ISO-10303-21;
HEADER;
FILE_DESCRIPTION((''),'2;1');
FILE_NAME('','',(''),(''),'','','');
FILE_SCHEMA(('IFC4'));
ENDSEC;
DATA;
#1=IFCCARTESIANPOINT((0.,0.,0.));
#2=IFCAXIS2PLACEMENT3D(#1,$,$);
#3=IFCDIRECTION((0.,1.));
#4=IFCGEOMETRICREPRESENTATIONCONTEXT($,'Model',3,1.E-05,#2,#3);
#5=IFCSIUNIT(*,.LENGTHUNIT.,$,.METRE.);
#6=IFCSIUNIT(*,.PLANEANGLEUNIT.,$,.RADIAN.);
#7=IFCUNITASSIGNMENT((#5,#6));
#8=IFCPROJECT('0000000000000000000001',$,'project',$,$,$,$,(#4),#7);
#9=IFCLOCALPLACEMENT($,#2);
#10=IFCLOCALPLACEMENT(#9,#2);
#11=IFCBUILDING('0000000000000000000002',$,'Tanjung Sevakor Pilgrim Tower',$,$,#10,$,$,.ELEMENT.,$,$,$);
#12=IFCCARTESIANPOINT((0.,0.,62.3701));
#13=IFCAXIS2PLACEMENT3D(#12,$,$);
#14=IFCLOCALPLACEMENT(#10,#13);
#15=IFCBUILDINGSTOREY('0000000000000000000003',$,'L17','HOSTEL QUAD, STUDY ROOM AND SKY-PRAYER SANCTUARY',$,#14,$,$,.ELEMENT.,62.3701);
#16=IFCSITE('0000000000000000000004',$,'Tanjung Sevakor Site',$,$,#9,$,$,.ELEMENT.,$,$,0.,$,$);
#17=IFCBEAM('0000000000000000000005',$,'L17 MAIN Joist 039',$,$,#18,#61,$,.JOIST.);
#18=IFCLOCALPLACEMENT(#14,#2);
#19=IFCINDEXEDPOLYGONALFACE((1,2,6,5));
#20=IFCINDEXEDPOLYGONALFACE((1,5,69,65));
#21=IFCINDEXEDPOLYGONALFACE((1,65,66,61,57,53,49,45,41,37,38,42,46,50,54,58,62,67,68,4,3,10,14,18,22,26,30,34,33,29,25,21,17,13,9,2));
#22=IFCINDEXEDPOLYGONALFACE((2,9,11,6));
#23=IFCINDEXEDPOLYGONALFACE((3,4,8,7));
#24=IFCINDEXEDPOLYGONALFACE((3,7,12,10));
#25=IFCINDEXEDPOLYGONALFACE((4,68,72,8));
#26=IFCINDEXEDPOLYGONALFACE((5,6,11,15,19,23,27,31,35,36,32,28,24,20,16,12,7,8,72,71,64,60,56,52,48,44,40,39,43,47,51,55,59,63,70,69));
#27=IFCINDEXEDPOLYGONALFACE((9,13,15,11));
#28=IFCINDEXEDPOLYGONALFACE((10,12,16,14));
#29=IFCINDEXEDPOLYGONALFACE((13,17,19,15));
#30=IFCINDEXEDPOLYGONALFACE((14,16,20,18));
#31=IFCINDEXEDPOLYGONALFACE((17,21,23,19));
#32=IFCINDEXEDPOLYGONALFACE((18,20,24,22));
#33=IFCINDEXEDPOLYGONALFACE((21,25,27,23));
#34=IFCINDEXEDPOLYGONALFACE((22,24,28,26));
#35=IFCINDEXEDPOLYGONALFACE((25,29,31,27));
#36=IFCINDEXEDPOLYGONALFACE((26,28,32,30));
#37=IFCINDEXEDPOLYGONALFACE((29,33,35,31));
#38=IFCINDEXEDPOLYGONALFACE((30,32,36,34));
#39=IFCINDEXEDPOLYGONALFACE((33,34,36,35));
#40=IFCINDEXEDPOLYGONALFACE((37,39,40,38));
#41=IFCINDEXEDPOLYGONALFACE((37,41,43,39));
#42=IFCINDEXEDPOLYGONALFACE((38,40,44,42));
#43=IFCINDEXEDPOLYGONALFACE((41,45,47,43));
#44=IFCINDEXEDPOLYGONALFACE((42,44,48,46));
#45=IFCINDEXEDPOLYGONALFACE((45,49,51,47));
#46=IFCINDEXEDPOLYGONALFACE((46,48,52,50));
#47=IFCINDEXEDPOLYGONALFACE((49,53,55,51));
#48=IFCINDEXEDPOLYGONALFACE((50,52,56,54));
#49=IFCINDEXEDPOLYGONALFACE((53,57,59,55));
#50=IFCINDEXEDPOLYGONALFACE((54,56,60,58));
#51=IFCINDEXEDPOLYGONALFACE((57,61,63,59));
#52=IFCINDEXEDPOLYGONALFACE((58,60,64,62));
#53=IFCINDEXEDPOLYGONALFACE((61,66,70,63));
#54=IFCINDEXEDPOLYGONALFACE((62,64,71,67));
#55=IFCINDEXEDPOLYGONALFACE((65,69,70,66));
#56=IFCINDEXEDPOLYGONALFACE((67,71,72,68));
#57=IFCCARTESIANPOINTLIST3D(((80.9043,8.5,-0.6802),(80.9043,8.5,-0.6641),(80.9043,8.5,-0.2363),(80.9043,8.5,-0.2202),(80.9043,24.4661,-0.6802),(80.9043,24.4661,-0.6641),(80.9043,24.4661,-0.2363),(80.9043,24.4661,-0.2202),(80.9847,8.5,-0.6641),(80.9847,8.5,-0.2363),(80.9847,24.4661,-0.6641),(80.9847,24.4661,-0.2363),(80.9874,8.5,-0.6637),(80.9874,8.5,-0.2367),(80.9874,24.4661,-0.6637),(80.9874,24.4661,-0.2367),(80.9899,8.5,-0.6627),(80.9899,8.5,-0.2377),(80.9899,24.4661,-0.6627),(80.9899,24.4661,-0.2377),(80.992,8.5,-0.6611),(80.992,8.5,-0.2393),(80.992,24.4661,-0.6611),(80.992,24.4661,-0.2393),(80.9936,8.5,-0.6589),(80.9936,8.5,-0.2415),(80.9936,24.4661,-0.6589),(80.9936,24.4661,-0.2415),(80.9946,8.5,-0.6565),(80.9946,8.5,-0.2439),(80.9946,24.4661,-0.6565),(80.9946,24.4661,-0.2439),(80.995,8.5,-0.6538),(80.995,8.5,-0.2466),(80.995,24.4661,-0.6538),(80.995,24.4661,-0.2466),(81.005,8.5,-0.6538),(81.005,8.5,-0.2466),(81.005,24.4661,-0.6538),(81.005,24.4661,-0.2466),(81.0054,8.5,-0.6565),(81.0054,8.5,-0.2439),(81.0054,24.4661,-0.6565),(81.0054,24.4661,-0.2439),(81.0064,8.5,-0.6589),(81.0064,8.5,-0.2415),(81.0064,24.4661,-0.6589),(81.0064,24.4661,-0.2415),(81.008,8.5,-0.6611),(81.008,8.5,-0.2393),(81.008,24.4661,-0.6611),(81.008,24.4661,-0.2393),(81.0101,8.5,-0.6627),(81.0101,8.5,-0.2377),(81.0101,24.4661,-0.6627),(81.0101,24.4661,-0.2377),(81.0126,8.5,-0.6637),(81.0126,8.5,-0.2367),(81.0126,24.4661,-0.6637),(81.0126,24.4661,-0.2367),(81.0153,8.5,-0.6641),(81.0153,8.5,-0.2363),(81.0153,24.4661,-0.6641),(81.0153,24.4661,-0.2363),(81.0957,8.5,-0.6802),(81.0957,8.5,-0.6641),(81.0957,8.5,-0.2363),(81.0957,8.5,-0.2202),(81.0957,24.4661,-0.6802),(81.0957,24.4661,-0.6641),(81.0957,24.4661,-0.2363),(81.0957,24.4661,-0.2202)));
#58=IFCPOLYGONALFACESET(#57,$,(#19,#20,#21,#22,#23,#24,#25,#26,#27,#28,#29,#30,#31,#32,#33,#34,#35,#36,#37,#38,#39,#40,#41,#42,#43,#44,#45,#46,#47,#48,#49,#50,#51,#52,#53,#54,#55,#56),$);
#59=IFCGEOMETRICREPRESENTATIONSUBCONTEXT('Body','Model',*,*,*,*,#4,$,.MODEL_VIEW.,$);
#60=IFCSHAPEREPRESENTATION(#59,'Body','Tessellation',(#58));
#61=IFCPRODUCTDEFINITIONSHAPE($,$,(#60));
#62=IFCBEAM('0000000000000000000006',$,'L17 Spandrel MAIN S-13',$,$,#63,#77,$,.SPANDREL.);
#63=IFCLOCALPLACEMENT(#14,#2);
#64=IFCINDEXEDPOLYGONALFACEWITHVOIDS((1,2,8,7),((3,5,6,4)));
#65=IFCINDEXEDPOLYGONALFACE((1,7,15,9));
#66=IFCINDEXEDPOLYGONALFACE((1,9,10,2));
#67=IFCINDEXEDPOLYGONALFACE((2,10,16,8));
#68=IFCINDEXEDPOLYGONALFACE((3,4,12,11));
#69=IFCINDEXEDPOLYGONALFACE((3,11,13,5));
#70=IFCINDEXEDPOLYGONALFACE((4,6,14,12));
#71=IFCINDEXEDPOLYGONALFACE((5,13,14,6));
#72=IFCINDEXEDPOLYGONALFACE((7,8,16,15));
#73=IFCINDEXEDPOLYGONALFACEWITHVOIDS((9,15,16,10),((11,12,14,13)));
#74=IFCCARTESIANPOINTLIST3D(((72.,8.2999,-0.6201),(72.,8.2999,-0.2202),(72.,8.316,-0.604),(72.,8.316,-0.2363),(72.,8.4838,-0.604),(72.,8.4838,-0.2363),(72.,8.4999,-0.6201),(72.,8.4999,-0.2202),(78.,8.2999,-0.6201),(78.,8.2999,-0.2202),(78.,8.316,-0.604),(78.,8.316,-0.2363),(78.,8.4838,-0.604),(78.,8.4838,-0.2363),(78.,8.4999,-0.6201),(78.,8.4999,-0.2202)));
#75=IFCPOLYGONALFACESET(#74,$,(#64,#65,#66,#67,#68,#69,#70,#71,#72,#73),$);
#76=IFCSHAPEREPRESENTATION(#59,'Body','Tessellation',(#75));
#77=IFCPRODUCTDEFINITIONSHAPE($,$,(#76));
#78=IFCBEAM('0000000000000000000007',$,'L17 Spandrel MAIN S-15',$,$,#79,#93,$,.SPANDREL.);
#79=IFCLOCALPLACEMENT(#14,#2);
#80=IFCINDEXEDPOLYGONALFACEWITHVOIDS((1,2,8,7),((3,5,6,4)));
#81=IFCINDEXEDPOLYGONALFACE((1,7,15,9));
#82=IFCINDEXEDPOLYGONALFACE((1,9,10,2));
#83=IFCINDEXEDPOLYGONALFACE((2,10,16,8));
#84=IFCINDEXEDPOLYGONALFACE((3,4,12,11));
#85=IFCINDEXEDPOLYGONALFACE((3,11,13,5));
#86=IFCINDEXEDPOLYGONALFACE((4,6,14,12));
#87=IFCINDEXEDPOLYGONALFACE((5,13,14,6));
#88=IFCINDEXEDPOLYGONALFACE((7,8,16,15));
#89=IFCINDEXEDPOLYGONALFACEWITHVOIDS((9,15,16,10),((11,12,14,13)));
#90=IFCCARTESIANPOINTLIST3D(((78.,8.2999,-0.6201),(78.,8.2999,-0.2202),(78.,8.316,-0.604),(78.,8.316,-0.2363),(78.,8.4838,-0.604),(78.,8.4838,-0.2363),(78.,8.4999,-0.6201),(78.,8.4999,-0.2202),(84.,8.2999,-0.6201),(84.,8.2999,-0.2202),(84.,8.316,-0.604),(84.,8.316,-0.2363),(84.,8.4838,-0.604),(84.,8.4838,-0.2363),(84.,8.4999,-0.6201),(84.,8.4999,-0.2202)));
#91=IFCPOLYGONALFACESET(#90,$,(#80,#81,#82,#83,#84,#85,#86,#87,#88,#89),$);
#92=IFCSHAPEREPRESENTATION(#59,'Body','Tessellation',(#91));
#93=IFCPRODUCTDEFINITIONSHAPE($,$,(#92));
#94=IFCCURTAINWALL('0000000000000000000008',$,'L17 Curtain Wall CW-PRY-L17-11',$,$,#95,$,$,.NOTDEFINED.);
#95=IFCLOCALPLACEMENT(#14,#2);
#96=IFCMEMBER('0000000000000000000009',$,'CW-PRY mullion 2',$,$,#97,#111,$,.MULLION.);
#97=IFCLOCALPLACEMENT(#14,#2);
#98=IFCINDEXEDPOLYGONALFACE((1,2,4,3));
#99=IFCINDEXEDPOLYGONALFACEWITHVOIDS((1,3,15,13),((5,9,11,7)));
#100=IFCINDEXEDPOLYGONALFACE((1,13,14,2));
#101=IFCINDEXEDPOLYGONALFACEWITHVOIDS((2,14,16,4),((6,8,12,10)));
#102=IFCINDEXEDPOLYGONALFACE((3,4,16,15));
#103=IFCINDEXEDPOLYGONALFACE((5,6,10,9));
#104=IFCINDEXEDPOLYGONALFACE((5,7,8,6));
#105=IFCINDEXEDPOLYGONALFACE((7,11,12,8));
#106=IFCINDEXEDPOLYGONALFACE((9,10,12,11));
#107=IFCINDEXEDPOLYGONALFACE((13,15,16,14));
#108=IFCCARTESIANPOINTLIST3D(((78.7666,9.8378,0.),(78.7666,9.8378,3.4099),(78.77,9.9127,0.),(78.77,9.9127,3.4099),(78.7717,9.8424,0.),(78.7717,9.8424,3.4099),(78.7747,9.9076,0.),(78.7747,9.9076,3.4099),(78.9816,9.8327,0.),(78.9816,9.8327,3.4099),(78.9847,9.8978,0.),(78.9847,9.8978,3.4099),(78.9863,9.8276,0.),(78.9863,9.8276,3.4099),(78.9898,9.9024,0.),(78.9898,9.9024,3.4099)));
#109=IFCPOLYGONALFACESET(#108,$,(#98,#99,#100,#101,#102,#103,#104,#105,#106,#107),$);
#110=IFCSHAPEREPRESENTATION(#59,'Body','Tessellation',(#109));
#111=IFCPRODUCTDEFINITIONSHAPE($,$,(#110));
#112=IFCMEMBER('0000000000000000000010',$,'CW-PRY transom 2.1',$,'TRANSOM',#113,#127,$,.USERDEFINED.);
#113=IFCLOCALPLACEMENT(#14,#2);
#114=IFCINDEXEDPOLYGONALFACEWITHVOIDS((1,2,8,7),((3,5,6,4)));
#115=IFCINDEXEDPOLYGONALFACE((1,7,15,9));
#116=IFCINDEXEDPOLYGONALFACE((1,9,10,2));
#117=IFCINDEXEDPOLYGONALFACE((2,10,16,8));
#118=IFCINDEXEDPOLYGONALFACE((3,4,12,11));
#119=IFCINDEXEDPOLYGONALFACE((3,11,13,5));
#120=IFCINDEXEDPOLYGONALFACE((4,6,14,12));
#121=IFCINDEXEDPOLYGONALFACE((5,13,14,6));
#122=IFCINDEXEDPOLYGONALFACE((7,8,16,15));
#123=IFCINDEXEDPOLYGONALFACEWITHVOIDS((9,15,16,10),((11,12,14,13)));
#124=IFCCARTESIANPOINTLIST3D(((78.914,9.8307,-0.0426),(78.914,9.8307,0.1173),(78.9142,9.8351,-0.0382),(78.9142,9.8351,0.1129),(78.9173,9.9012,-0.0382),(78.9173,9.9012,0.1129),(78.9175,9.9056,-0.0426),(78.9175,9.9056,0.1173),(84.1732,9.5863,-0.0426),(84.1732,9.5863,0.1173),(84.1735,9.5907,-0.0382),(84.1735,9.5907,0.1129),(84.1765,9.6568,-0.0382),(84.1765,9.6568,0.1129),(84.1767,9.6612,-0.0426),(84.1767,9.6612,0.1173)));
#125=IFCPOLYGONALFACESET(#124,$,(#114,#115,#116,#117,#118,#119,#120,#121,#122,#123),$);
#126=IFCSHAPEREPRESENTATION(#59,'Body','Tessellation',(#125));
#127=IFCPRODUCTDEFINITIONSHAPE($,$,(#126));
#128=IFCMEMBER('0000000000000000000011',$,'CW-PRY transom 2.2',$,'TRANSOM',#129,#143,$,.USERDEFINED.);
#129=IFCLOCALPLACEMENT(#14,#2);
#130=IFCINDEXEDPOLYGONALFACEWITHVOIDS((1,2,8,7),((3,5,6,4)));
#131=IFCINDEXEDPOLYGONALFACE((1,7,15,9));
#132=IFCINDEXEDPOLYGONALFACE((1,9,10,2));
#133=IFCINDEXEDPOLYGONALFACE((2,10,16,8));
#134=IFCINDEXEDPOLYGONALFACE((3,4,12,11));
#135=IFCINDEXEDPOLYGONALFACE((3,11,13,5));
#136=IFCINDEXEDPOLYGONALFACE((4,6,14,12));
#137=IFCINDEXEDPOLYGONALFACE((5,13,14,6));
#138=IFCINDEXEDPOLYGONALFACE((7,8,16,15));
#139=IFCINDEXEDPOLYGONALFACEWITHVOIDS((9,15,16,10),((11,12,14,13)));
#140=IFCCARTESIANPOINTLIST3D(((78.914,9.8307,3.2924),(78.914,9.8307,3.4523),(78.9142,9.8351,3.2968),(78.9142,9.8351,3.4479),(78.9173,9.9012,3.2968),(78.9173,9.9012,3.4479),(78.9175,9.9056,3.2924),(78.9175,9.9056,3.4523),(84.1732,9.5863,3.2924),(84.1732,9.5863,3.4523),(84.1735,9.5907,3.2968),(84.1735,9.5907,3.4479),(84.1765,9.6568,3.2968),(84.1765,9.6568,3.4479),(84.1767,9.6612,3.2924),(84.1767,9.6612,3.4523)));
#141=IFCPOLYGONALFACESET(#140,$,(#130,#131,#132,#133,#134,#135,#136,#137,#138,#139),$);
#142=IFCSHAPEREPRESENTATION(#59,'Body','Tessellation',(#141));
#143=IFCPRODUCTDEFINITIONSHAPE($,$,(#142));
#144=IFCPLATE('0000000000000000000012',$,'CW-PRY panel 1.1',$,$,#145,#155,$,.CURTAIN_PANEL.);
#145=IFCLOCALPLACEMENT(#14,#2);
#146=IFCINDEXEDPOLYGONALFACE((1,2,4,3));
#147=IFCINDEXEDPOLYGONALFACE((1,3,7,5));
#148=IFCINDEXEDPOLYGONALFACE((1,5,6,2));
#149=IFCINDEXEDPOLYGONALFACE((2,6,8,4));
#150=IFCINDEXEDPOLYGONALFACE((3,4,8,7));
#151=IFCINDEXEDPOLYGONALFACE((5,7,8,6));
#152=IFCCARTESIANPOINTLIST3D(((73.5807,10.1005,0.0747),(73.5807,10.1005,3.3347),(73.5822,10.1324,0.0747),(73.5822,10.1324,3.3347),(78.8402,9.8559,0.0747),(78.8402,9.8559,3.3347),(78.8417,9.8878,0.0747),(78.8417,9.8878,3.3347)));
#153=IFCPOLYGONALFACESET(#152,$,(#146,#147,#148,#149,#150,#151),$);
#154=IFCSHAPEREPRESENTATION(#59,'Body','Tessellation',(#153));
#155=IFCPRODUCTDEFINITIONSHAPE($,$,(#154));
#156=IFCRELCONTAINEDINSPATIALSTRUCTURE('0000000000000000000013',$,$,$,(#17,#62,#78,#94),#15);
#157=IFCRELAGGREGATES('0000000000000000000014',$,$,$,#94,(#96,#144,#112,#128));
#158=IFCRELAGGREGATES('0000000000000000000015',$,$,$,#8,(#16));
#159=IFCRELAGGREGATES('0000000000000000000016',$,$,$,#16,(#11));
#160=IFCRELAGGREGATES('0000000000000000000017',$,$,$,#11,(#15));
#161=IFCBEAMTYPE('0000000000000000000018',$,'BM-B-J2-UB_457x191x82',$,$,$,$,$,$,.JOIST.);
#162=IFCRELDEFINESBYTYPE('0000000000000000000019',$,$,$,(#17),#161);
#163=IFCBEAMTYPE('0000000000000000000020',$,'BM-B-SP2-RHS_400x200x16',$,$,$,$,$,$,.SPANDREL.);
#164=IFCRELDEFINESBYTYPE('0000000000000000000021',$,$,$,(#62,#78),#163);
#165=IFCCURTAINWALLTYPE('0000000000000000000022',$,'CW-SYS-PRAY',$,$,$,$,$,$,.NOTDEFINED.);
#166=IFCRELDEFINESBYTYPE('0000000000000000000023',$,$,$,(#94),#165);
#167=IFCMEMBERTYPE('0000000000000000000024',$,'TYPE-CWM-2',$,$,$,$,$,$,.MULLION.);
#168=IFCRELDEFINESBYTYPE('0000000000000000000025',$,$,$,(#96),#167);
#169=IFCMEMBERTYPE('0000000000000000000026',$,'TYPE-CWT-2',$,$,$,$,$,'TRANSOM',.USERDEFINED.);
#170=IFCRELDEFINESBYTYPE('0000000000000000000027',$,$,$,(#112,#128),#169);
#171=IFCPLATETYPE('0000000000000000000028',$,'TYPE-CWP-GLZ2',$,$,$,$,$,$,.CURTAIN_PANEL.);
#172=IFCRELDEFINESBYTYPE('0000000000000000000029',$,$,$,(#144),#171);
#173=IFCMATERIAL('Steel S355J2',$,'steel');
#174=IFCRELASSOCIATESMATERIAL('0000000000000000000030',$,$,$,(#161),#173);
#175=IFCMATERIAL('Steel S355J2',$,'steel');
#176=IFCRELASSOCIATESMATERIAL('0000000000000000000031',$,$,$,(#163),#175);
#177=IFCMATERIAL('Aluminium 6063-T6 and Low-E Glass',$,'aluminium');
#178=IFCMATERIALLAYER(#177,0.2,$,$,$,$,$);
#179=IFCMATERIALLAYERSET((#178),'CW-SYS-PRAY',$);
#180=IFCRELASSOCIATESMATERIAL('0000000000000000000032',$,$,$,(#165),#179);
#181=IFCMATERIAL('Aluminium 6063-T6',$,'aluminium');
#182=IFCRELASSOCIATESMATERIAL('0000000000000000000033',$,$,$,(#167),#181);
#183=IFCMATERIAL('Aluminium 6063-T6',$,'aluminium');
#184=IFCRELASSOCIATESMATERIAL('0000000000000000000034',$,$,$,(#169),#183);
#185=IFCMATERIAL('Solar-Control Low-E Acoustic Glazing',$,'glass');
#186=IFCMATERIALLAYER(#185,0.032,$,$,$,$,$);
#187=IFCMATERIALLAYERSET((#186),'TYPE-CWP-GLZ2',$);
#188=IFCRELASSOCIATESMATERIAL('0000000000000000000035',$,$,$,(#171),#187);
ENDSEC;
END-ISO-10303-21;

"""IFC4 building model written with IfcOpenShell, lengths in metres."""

from ifc_helpers import new_model, si_unit, direction, frame, origin, origin_2d, place, context, subcontext, project, spatial, rectangle, hollow_rectangle, i_section, extrude, material, layer, layer_set, material_profile, profile_set, type_object, element, aggregate, save


model = new_model("IFC4")

# Units and contexts
model_context = context("Model", 3, precision=1e-05, world=origin(), true_north=direction((0.0, 1.0)))
body_context = subcontext(model_context, "Body", "Model", "MODEL_VIEW")
ifc_project = project(units=[si_unit("LENGTHUNIT", "METRE"), si_unit("PLANEANGLEUNIT", "RADIAN")], contexts=[model_context])

# Site, building, storey
site_placement = place(None, origin())
site = spatial("IfcSite", under=ifc_project, at=site_placement, Name="Tanjung Sevakor Site", CompositionType="ELEMENT", RefElevation=0.0)
building_placement = place(site_placement, origin())
building = spatial("IfcBuilding", under=site, at=building_placement, Name="Tanjung Sevakor Pilgrim Tower", CompositionType="ELEMENT")
storey_placement = place(building_placement, frame((0.0, 0.0, 62.3701)))
storey = spatial("IfcBuildingStorey", under=building, at=storey_placement, Name="L17", Description="HOSTEL QUAD, STUDY ROOM AND SKY-PRAYER SANCTUARY", CompositionType="ELEMENT", Elevation=62.3701)

# Beams
ifc_material_1 = material(Name="Steel S355J2", Category="steel")
ifc_material_profile_1 = material_profile(ifc_material_1, i_section(OverallWidth=0.1914, OverallDepth=0.46, WebThickness=0.01, FlangeThickness=0.0161, FilletRadius=0.0103, at=origin_2d()))
ifc_profile_set_1 = profile_set([ifc_material_profile_1], Name="Steel S355J2")
beam_type_1 = type_object("IfcBeamType", Name="BM-B-J2-UB_457x191x82", PredefinedType="JOIST", material=ifc_profile_set_1)
for number, where, z_axis, x_axis, name in (
    (1, (81.0, 8.5, -0.4502), (0.0, 1.0, 0.0), (-1.0, 0.0, 0.0), "L17 MAIN Joist 039"),
):
    element("IfcBeam", number, at=place(storey_placement, frame(where, z_axis=z_axis, x_axis=x_axis)), inside=storey, type_object=beam_type_1, Name=name, PredefinedType="JOIST", context=body_context, shape_type="SweptSolid", body=[
        extrude(i_section(OverallWidth=0.1914, OverallDepth=0.46, WebThickness=0.01, FlangeThickness=0.0161, FilletRadius=0.0103, at=origin_2d()), origin(), (0.0, 0.0, 1.0), 15.9661),
    ])
ifc_material_2 = material(Name="Steel S355J2", Category="steel")
ifc_material_profile_2 = material_profile(ifc_material_2, hollow_rectangle(XDim=0.2, YDim=0.3999, WallThickness=0.0161, at=origin_2d()))
ifc_profile_set_2 = profile_set([ifc_material_profile_2], Name="Steel S355J2")
beam_type_2 = type_object("IfcBeamType", Name="BM-B-SP2-RHS_400x200x16", PredefinedType="SPANDREL", material=ifc_profile_set_2)
for number, where, z_axis, x_axis, name in (
    (2, (72.0, 8.3999, -0.4202), (1.0, 0.0, 0.0), (0.0, 1.0, 0.0), "L17 Spandrel MAIN S-13"),
    (3, (78.0, 8.3999, -0.4202), (1.0, 0.0, 0.0), (0.0, 1.0, 0.0), "L17 Spandrel MAIN S-15"),
):
    element("IfcBeam", number, at=place(storey_placement, frame(where, z_axis=z_axis, x_axis=x_axis)), inside=storey, type_object=beam_type_2, Name=name, PredefinedType="SPANDREL", context=body_context, shape_type="SweptSolid", body=[
        extrude(hollow_rectangle(XDim=0.2, YDim=0.3999, WallThickness=0.0161, at=origin_2d()), origin(), (0.0, 0.0, 1.0), 6.0),
    ])

# Curtain wall, members, plate
ifc_material_3 = material(Name="Aluminium 6063-T6 and Low-E Glass", Category="aluminium")
ifc_layer_1 = layer(ifc_material_3, 0.2)
ifc_layer_set_1 = layer_set([ifc_layer_1], Name="CW-SYS-PRAY")
curtain_wall_type = type_object("IfcCurtainWallType", Name="CW-SYS-PRAY", PredefinedType="NOTDEFINED", material=ifc_layer_set_1)
curtain_wall_placement = place(storey_placement, origin())
curtain_wall = element("IfcCurtainWall", 4, at=curtain_wall_placement, inside=storey, type_object=curtain_wall_type, Name="L17 Curtain Wall CW-PRY-L17-11", PredefinedType="NOTDEFINED")
ifc_material_4 = material(Name="Aluminium 6063-T6", Category="aluminium")
ifc_material_profile_3 = material_profile(ifc_material_4, hollow_rectangle(XDim=0.075, YDim=0.22, WallThickness=0.0049, at=origin_2d()))
ifc_profile_set_3 = profile_set([ifc_material_profile_3], Name="Aluminium 6063-T6")
member_type_1 = type_object("IfcMemberType", Name="TYPE-CWM-2", PredefinedType="MULLION", material=ifc_profile_set_3)
member_1_placement = place(storey_placement, frame((78.8782, 9.8701, 0.0), z_axis=(0.0, 0.0, 1.0), x_axis=(0.046452, 0.998921, 0.0)))
member_1 = element("IfcMember", 5, at=member_1_placement, type_object=member_type_1, Name="CW-PRY mullion 2", PredefinedType="MULLION", context=body_context, shape_type="SweptSolid", body=[
    extrude(hollow_rectangle(XDim=0.075, YDim=0.22, WallThickness=0.0049, at=origin_2d()), origin(), (0.0, 0.0, 1.0), 3.4099),
])
ifc_material_5 = material(Name="Aluminium 6063-T6", Category="aluminium")
ifc_material_profile_4 = material_profile(ifc_material_5, hollow_rectangle(XDim=0.075, YDim=0.1599, WallThickness=0.0044, at=origin_2d()))
ifc_profile_set_4 = profile_set([ifc_material_profile_4], Name="Aluminium 6063-T6")
member_type_2 = type_object("IfcMemberType", Name="TYPE-CWT-2", ElementType="TRANSOM", PredefinedType="USERDEFINED", material=ifc_profile_set_4)
member_2_placement = place(storey_placement, frame((78.9158, 9.8682, 0.0374), z_axis=(0.998922, -0.046417, 0.0), x_axis=(0.046417, 0.998922, 0.0)))
member_2 = element("IfcMember", 6, at=member_2_placement, type_object=member_type_2, Name="CW-PRY transom 2.1", ObjectType="TRANSOM", PredefinedType="USERDEFINED", context=body_context, shape_type="SweptSolid", body=[
    extrude(hollow_rectangle(XDim=0.075, YDim=0.1599, WallThickness=0.0044, at=origin_2d()), origin(), (0.0, 0.0, 1.0), 5.2649),
])
member_3_placement = place(storey_placement, frame((78.9158, 9.8682, 3.3723), z_axis=(0.998922, -0.046417, 0.0), x_axis=(0.046417, 0.998922, 0.0)))
member_3 = element("IfcMember", 7, at=member_3_placement, type_object=member_type_2, Name="CW-PRY transom 2.2", ObjectType="TRANSOM", PredefinedType="USERDEFINED", context=body_context, shape_type="SweptSolid", body=[
    extrude(hollow_rectangle(XDim=0.075, YDim=0.1599, WallThickness=0.0044, at=origin_2d()), origin(), (0.0, 0.0, 1.0), 5.2649),
])
ifc_material_6 = material(Name="Solar-Control Low-E Acoustic Glazing", Category="glass")
ifc_layer_2 = layer(ifc_material_6, 0.032)
ifc_layer_set_2 = layer_set([ifc_layer_2], Name="TYPE-CWP-GLZ2")
plate_type = type_object("IfcPlateType", Name="TYPE-CWP-GLZ2", PredefinedType="CURTAIN_PANEL", material=ifc_layer_set_2)
plate_placement = place(storey_placement, frame((76.2112, 9.9941, 0.0747), z_axis=(0.0, 0.0, 1.0), x_axis=(0.998921, -0.046452, 0.0)))
plate = element("IfcPlate", 8, at=plate_placement, type_object=plate_type, Name="CW-PRY panel 1.1", PredefinedType="CURTAIN_PANEL", context=body_context, shape_type="SweptSolid", body=[
    extrude(rectangle(XDim=5.2651, YDim=0.032, at=origin_2d()), origin(), (0.0, 0.0, 1.0), 3.26),
])
aggregate(curtain_wall, [member_1, plate, member_2, member_3])

save(model, "model.ifc")
